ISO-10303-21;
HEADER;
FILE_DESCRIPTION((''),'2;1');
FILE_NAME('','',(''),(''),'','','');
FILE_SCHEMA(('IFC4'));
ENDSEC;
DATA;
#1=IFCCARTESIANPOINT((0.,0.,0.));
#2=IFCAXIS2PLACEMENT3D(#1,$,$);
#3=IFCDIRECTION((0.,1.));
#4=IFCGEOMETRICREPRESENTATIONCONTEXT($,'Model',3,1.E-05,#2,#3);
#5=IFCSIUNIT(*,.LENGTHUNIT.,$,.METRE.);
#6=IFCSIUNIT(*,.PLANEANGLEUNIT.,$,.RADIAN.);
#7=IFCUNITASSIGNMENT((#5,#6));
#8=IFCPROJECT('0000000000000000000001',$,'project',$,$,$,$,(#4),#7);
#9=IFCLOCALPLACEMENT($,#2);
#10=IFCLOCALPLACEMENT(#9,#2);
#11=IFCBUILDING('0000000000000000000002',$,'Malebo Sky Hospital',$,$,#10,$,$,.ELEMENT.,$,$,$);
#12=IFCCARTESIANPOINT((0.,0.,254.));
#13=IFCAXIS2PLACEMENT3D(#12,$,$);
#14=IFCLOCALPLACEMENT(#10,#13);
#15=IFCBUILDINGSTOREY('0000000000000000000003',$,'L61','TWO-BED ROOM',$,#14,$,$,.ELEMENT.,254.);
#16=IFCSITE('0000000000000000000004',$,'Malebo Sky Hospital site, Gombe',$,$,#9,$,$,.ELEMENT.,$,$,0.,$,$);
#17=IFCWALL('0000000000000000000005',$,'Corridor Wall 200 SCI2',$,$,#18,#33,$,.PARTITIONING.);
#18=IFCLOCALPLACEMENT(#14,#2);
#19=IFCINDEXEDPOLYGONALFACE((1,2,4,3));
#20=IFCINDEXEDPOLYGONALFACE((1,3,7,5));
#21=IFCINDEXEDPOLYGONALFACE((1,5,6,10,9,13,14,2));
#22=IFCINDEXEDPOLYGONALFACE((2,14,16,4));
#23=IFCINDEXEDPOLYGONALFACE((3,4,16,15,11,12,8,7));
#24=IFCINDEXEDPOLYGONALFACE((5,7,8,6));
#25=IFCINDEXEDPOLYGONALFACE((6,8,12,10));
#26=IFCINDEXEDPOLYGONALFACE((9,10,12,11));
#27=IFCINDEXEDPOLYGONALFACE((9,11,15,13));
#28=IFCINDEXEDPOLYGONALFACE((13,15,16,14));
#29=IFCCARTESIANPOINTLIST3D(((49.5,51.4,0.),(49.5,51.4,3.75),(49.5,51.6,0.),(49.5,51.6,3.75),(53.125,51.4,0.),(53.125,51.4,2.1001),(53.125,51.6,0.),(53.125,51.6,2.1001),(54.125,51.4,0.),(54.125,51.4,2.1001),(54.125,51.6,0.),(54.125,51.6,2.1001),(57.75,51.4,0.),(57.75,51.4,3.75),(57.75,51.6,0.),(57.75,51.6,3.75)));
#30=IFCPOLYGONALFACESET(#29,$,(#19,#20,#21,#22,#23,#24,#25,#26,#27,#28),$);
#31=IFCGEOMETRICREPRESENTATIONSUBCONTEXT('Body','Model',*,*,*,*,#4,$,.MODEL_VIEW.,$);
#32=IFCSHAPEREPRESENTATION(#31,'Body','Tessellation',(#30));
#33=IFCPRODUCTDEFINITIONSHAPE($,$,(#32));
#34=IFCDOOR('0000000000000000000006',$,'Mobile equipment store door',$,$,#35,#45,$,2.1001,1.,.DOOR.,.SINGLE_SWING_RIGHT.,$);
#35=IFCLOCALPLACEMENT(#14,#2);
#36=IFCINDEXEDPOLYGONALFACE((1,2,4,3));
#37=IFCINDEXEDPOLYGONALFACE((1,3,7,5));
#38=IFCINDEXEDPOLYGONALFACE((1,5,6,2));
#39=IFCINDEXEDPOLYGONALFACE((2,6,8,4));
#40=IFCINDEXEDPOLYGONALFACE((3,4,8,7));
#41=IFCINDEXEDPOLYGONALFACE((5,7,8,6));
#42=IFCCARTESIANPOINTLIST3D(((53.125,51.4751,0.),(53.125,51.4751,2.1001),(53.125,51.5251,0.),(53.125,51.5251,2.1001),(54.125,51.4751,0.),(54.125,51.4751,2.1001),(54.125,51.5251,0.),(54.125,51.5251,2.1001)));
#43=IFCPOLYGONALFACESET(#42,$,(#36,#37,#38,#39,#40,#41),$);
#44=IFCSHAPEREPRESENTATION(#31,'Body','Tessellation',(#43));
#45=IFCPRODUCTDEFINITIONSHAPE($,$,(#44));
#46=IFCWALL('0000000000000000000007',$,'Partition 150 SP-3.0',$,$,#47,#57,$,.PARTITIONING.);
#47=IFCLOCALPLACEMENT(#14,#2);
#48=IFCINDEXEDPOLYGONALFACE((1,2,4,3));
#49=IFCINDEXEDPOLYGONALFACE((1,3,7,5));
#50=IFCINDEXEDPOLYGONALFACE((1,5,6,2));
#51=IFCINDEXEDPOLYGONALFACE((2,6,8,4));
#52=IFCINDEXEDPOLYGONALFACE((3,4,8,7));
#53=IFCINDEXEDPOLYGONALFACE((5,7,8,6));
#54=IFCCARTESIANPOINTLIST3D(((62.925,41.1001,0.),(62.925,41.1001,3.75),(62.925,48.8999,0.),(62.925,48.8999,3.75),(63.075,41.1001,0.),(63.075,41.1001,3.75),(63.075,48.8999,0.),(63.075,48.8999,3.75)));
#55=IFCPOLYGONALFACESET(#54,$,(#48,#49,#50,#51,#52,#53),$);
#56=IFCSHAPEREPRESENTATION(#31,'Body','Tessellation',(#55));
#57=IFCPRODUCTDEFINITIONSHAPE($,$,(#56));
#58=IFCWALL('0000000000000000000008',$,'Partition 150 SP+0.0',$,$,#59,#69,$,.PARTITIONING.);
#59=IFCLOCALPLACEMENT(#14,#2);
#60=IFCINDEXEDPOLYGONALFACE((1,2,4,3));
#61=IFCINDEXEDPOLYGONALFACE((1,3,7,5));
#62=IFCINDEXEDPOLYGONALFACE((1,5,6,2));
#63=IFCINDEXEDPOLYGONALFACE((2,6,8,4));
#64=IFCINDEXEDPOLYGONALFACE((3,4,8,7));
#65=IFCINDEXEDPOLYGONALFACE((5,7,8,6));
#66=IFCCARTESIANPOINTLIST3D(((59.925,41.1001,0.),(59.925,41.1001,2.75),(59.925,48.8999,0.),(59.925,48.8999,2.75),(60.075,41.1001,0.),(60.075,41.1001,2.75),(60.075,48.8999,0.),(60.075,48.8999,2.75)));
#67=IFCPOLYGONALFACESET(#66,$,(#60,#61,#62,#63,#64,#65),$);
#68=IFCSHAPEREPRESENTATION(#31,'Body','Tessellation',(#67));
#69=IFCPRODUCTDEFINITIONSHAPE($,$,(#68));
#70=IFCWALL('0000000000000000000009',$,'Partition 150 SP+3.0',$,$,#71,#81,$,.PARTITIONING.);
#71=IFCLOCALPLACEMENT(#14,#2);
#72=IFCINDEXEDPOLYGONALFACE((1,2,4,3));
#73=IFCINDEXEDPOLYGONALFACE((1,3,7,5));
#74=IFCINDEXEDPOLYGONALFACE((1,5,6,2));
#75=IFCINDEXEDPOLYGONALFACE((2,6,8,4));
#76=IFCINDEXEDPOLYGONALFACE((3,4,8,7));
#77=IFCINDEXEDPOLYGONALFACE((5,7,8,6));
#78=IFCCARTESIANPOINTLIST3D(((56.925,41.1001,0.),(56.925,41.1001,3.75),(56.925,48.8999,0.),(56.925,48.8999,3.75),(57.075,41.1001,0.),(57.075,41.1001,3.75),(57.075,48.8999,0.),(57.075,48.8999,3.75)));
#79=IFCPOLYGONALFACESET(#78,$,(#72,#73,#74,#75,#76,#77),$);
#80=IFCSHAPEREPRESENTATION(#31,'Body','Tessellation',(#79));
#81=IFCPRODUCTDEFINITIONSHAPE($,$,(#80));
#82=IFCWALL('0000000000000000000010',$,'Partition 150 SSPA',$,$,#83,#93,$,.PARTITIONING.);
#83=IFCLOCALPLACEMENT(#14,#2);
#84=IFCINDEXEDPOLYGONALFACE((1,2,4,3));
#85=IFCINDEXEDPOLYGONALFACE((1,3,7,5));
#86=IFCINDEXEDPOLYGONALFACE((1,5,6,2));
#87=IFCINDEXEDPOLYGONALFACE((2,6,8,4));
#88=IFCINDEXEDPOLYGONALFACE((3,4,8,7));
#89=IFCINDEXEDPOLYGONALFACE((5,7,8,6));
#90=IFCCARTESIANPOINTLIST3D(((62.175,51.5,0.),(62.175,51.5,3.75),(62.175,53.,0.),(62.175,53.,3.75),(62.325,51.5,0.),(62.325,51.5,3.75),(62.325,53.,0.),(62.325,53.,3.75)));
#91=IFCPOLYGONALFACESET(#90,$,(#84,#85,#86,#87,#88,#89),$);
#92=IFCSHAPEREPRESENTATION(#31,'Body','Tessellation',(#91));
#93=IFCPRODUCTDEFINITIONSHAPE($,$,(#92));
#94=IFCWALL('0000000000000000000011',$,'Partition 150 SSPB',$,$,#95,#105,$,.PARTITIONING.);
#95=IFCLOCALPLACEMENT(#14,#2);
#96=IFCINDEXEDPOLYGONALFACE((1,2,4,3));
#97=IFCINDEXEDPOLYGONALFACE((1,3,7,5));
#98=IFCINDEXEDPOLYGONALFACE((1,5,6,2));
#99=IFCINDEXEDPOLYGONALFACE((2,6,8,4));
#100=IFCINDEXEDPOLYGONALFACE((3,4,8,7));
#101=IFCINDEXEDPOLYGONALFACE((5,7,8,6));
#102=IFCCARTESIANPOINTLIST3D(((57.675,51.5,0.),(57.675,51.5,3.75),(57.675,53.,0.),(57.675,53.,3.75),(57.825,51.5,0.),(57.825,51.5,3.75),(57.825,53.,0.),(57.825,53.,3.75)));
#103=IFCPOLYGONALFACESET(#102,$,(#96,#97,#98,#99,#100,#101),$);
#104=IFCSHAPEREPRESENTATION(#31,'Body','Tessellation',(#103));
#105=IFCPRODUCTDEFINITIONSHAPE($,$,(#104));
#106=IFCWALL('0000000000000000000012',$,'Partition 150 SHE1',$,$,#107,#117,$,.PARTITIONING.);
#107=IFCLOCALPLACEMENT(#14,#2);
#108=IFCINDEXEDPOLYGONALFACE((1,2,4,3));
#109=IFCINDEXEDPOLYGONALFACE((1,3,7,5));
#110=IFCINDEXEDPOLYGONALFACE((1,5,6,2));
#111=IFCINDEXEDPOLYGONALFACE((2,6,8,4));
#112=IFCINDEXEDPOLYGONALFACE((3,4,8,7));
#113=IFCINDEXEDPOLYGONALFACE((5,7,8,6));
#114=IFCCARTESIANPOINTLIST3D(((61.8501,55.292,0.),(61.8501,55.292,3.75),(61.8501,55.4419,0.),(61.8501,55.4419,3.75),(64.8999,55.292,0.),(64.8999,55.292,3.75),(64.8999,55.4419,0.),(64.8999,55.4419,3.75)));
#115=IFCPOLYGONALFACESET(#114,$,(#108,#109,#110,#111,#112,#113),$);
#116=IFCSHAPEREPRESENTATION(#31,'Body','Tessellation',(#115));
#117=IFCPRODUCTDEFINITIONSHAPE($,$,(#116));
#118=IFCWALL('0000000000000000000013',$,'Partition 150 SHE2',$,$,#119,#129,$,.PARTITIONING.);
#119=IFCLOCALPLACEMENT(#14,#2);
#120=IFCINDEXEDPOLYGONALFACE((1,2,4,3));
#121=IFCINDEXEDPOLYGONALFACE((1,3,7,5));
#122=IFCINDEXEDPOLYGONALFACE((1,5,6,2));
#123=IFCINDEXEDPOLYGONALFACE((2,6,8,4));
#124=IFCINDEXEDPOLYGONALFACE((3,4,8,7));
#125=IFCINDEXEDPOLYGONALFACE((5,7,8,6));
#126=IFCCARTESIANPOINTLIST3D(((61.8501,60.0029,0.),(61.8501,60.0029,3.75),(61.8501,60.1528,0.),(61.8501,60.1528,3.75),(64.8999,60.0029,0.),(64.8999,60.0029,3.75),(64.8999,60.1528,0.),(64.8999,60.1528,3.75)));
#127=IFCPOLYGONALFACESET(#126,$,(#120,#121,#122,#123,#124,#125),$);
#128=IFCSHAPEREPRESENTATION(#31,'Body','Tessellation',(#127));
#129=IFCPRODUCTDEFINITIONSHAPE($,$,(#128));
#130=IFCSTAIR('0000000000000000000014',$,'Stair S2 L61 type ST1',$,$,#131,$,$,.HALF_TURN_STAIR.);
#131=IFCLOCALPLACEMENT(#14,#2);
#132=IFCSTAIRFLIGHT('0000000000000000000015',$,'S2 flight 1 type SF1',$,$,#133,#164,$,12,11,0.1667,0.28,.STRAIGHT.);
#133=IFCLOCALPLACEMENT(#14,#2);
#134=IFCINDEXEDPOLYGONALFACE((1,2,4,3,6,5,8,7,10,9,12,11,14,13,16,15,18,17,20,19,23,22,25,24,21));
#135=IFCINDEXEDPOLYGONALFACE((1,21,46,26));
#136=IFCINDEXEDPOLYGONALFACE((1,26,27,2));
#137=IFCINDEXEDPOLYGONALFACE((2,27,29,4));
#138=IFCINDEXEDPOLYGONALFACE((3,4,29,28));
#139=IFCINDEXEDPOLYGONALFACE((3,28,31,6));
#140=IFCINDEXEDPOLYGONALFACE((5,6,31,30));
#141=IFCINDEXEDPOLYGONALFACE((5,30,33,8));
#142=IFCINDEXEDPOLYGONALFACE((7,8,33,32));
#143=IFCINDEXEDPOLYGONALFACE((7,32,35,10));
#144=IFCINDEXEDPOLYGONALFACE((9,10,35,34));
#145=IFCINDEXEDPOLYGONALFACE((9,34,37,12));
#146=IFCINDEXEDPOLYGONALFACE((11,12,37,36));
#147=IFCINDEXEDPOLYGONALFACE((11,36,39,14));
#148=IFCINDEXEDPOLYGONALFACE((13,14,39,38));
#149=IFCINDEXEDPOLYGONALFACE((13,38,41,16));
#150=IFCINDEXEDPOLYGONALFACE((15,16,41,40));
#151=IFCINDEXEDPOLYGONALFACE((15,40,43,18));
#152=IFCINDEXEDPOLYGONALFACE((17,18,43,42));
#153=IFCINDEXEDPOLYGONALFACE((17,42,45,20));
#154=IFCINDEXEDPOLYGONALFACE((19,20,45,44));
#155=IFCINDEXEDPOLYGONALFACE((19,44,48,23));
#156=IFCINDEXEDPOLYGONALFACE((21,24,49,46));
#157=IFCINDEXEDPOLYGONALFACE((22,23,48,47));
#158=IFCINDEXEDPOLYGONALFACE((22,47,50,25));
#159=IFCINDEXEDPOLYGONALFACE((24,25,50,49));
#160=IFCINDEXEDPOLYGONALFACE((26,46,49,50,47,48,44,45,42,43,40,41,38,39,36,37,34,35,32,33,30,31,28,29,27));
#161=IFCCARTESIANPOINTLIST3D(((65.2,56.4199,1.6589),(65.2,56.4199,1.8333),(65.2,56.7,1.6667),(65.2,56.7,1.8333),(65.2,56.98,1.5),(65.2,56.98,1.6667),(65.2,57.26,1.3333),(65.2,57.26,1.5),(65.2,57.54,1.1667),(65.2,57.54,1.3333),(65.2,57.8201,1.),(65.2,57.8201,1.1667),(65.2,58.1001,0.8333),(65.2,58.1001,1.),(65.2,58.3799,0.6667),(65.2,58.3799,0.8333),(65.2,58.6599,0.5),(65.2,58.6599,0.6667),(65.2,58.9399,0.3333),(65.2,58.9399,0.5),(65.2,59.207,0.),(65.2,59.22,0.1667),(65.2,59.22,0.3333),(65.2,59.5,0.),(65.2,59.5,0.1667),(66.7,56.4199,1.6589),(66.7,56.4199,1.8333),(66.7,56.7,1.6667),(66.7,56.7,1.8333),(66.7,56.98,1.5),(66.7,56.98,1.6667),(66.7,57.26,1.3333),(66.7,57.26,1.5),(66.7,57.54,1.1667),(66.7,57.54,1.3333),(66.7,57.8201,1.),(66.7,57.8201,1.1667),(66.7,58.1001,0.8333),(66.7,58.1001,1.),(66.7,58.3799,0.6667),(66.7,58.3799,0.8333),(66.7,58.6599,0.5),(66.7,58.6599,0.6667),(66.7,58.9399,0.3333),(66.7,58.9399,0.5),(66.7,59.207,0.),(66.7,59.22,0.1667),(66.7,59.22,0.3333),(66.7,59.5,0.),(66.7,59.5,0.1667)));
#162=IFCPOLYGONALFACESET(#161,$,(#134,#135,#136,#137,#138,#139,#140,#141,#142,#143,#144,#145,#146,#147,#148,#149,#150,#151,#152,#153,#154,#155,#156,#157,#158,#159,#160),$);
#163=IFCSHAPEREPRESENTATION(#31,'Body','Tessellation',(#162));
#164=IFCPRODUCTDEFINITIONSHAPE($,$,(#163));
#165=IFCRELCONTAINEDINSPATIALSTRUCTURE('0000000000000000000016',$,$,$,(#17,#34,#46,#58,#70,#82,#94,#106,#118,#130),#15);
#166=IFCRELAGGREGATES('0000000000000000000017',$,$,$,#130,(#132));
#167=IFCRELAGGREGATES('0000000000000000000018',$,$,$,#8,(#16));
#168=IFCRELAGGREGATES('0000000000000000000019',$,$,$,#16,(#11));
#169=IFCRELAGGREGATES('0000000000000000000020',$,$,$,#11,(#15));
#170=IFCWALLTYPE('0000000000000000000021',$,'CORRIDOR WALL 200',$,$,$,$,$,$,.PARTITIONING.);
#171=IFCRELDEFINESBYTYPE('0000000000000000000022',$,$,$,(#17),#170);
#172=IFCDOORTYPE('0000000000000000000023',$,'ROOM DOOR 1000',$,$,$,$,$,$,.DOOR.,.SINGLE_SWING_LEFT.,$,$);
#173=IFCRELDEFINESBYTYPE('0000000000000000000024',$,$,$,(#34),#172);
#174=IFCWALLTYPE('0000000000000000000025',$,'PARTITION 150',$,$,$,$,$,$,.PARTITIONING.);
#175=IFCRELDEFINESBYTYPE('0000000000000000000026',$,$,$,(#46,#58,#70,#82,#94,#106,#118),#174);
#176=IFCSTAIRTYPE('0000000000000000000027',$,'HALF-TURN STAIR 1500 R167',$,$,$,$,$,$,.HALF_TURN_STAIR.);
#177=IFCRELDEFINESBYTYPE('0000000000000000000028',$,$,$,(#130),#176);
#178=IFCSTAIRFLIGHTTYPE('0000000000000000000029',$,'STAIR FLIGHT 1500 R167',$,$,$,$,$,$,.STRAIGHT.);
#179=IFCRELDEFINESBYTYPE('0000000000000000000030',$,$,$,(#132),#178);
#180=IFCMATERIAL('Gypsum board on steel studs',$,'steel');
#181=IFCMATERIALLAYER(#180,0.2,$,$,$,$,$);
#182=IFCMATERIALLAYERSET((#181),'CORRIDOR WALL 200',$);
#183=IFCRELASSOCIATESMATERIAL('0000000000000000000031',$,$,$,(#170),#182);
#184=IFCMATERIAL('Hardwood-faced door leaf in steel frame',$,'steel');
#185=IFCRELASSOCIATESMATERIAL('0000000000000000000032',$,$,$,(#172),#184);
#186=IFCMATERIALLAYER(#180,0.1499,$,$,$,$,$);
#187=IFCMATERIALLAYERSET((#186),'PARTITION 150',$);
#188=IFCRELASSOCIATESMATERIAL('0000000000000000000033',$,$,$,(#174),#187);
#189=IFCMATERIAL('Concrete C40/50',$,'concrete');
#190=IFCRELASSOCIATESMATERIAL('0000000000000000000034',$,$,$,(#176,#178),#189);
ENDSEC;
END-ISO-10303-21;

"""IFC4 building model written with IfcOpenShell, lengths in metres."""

from ifc_helpers import new_model, si_unit, direction, frame, frame_2d, origin, place, context, subcontext, project, spatial, polyline, rectangle, outline, extrude, material, layer, layer_set, type_object, element, fill, aggregate, save


model = new_model("IFC4")

# Units and contexts
model_context = context("Model", 3, precision=1e-05, world=origin(), true_north=direction((0.0, 1.0)))
body_context = subcontext(model_context, "Body", "Model", "MODEL_VIEW")
ifc_project = project(units=[si_unit("LENGTHUNIT", "METRE"), si_unit("PLANEANGLEUNIT", "RADIAN")], contexts=[model_context])

# Site, building, storey
site_placement = place(None, origin())
site = spatial("IfcSite", under=ifc_project, at=site_placement, Name="Malebo Sky Hospital site, Gombe", CompositionType="ELEMENT", RefElevation=0.0)
building_placement = place(site_placement, origin())
building = spatial("IfcBuilding", under=site, at=building_placement, Name="Malebo Sky Hospital", CompositionType="ELEMENT")
storey_placement = place(building_placement, frame((0.0, 0.0, 254.0)))
storey = spatial("IfcBuildingStorey", under=building, at=storey_placement, Name="L61", Description="TWO-BED ROOM", CompositionType="ELEMENT", Elevation=254.0)

# Shared definitions
ifc_material_1 = material(Name="Hardwood-faced door leaf in steel frame", Category="steel")

# Wall, opening, door
ifc_material_2 = material(Name="Gypsum board on steel studs", Category="steel")
ifc_layer_1 = layer(ifc_material_2, 0.2)
ifc_layer_set_1 = layer_set([ifc_layer_1], Name="CORRIDOR WALL 200")
wall_type_1 = type_object("IfcWallType", Name="CORRIDOR WALL 200", PredefinedType="PARTITIONING", material=ifc_layer_set_1)
wall_1_placement = place(storey_placement, frame((57.75, 51.5, 0.0), z_axis=(0.0, 0.0, 1.0), x_axis=(-1.0, 0.0, 0.0)))
wall_1 = element("IfcWall", 1, at=wall_1_placement, inside=storey, type_object=wall_type_1, Name="Corridor Wall 200 SCI2", PredefinedType="PARTITIONING", context=body_context, shape_type="SweptSolid", body=[
    extrude(rectangle(XDim=8.25, YDim=0.2, at=frame_2d((4.125, 0.0))), origin(), (0.0, 0.0, 1.0), 3.75),
])
opening_1_placement = place(wall_1_placement, frame((3.625, 0.0, 0.0)))
opening_1 = element("IfcOpeningElement", 2, at=opening_1_placement, cuts=wall_1, PredefinedType="OPENING", context=body_context, shape_type="SweptSolid", body=[
    extrude(rectangle(XDim=1.0, YDim=2.1001, at=frame_2d((0.5, 1.05))), frame((0.0, 0.1099, 0.0), z_axis=(0.0, -1.0, 0.0), x_axis=(1.0, 0.0, 0.0)), (0.0, 0.0, 1.0), 0.22),
])
door_type_1 = type_object("IfcDoorType", Name="ROOM DOOR 1000", OperationType="SINGLE_SWING_LEFT", PredefinedType="DOOR", material=ifc_material_1)
door_1_placement = place(opening_1_placement, origin())
door_1 = element("IfcDoor", 3, at=door_1_placement, inside=storey, type_object=door_type_1, Name="Mobile equipment store door", OperationType="SINGLE_SWING_RIGHT", OverallHeight=2.1001, OverallWidth=1.0, PredefinedType="DOOR", context=body_context, shape_type="SweptSolid", body=[
    extrude(rectangle(XDim=1.0, YDim=2.1001, at=frame_2d((0.5, 1.05))), frame((0.0, 0.0249, 0.0), z_axis=(0.0, -1.0, 0.0), x_axis=(1.0, 0.0, 0.0)), (0.0, 0.0, 1.0), 0.05),
])
fill(opening_1, door_1)

# Walls
ifc_layer_2 = layer(ifc_material_2, 0.1499)
ifc_layer_set_2 = layer_set([ifc_layer_2], Name="PARTITION 150")
wall_type_2 = type_object("IfcWallType", Name="PARTITION 150", PredefinedType="PARTITIONING", material=ifc_layer_set_2)
wall_2_placement = place(storey_placement, frame((63.0, 48.8999, 0.0), z_axis=(0.0, 0.0, 1.0), x_axis=(0.0, -1.0, 0.0)))
element("IfcWall", 4, at=wall_2_placement, inside=storey, type_object=wall_type_2, Name="Partition 150 SP-3.0", PredefinedType="PARTITIONING", context=body_context, shape_type="SweptSolid", body=[
    extrude(rectangle(XDim=7.7998, YDim=0.1499, at=frame_2d((3.8999, 0.0))), origin(), (0.0, 0.0, 1.0), 3.75),
])
wall_3_placement = place(storey_placement, frame((60.0, 48.8999, 0.0), z_axis=(0.0, 0.0, 1.0), x_axis=(0.0, -1.0, 0.0)))
element("IfcWall", 5, at=wall_3_placement, inside=storey, type_object=wall_type_2, Name="Partition 150 SP+0.0", PredefinedType="PARTITIONING", context=body_context, shape_type="SweptSolid", body=[
    extrude(rectangle(XDim=7.7998, YDim=0.1499, at=frame_2d((3.8999, 0.0))), origin(), (0.0, 0.0, 1.0), 2.75),
])
wall_4_placement = place(storey_placement, frame((57.0, 48.8999, 0.0), z_axis=(0.0, 0.0, 1.0), x_axis=(0.0, -1.0, 0.0)))
element("IfcWall", 6, at=wall_4_placement, inside=storey, type_object=wall_type_2, Name="Partition 150 SP+3.0", PredefinedType="PARTITIONING", context=body_context, shape_type="SweptSolid", body=[
    extrude(rectangle(XDim=7.7998, YDim=0.1499, at=frame_2d((3.8999, 0.0))), origin(), (0.0, 0.0, 1.0), 3.75),
])
for number, where, z_axis, x_axis, name in (
    (7, (62.25, 53.0, 0.0), (0.0, 0.0, 1.0), (0.0, -1.0, 0.0), "Partition 150 SSPA"),
    (8, (57.75, 53.0, 0.0), (0.0, 0.0, 1.0), (0.0, -1.0, 0.0), "Partition 150 SSPB"),
):
    element("IfcWall", number, at=place(storey_placement, frame(where, z_axis=z_axis, x_axis=x_axis)), inside=storey, type_object=wall_type_2, Name=name, PredefinedType="PARTITIONING", context=body_context, shape_type="SweptSolid", body=[
        extrude(rectangle(XDim=1.5, YDim=0.1499, at=frame_2d((0.75, 0.0))), origin(), (0.0, 0.0, 1.0), 3.75),
    ])
for number, where, z_axis, x_axis, name in (
    (9, (61.8501, 55.3669, 0.0), (0.0, 0.0, 1.0), (1.0, 0.0, 0.0), "Partition 150 SHE1"),
    (10, (61.8501, 60.0779, 0.0), (0.0, 0.0, 1.0), (1.0, 0.0, 0.0), "Partition 150 SHE2"),
):
    element("IfcWall", number, at=place(storey_placement, frame(where, z_axis=z_axis, x_axis=x_axis)), inside=storey, type_object=wall_type_2, Name=name, PredefinedType="PARTITIONING", context=body_context, shape_type="SweptSolid", body=[
        extrude(rectangle(XDim=3.0498, YDim=0.1499, at=frame_2d((1.5249, 0.0))), origin(), (0.0, 0.0, 1.0), 3.75),
    ])

# Stair, stair flight
ifc_material_3 = material(Name="Concrete C40/50", Category="concrete")
stair_type = type_object("IfcStairType", Name="HALF-TURN STAIR 1500 R167", PredefinedType="HALF_TURN_STAIR", material=ifc_material_3)
stair_placement = place(storey_placement, origin())
stair = element("IfcStair", 11, at=stair_placement, inside=storey, type_object=stair_type, Name="Stair S2 L61 type ST1", PredefinedType="HALF_TURN_STAIR")
stair_flight_type = type_object("IfcStairFlightType", Name="STAIR FLIGHT 1500 R167", PredefinedType="STRAIGHT", material=ifc_material_3)
stair_flight_placement = place(storey_placement, frame((65.95, 59.5, 0.0), z_axis=(0.0, 0.0, 1.0), x_axis=(0.0, -1.0, 0.0)))
stair_flight = element("IfcStairFlight", 12, at=stair_flight_placement, type_object=stair_flight_type, Name="S2 flight 1 type SF1", NumberOfRisers=12, NumberOfTreads=11, PredefinedType="STRAIGHT", RiserHeight=0.1667, TreadLength=0.28, context=body_context, shape_type="SweptSolid", body=[
    extrude(outline(polyline([(0.0, 0.0), (0.0, 0.1667), (0.28, 0.1667), (0.28, 0.3333), (0.5601, 0.3333), (0.5601, 0.5), (0.8401, 0.5), (0.8401, 0.6667), (1.1201, 0.6667), (1.1201, 0.8333), (1.3999, 0.8333), (1.3999, 1.0), (1.6799, 1.0), (1.6799, 1.1667), (1.96, 1.1667), (1.96, 1.3333), (2.24, 1.3333), (2.24, 1.5), (2.52, 1.5), (2.52, 1.6667), (2.8, 1.6667), (2.8, 1.8333), (3.0801, 1.8333), (3.0801, 2.0), (3.0801, 1.6589), (0.293, 0.0), (0.0, 0.0)])), frame((0.0, 0.75, 0.0), z_axis=(0.0, -1.0, 0.0), x_axis=(1.0, 0.0, 0.0)), (0.0, 0.0, 1.0), 1.5),
])
aggregate(stair, [stair_flight])

save(model, "model.ifc")
